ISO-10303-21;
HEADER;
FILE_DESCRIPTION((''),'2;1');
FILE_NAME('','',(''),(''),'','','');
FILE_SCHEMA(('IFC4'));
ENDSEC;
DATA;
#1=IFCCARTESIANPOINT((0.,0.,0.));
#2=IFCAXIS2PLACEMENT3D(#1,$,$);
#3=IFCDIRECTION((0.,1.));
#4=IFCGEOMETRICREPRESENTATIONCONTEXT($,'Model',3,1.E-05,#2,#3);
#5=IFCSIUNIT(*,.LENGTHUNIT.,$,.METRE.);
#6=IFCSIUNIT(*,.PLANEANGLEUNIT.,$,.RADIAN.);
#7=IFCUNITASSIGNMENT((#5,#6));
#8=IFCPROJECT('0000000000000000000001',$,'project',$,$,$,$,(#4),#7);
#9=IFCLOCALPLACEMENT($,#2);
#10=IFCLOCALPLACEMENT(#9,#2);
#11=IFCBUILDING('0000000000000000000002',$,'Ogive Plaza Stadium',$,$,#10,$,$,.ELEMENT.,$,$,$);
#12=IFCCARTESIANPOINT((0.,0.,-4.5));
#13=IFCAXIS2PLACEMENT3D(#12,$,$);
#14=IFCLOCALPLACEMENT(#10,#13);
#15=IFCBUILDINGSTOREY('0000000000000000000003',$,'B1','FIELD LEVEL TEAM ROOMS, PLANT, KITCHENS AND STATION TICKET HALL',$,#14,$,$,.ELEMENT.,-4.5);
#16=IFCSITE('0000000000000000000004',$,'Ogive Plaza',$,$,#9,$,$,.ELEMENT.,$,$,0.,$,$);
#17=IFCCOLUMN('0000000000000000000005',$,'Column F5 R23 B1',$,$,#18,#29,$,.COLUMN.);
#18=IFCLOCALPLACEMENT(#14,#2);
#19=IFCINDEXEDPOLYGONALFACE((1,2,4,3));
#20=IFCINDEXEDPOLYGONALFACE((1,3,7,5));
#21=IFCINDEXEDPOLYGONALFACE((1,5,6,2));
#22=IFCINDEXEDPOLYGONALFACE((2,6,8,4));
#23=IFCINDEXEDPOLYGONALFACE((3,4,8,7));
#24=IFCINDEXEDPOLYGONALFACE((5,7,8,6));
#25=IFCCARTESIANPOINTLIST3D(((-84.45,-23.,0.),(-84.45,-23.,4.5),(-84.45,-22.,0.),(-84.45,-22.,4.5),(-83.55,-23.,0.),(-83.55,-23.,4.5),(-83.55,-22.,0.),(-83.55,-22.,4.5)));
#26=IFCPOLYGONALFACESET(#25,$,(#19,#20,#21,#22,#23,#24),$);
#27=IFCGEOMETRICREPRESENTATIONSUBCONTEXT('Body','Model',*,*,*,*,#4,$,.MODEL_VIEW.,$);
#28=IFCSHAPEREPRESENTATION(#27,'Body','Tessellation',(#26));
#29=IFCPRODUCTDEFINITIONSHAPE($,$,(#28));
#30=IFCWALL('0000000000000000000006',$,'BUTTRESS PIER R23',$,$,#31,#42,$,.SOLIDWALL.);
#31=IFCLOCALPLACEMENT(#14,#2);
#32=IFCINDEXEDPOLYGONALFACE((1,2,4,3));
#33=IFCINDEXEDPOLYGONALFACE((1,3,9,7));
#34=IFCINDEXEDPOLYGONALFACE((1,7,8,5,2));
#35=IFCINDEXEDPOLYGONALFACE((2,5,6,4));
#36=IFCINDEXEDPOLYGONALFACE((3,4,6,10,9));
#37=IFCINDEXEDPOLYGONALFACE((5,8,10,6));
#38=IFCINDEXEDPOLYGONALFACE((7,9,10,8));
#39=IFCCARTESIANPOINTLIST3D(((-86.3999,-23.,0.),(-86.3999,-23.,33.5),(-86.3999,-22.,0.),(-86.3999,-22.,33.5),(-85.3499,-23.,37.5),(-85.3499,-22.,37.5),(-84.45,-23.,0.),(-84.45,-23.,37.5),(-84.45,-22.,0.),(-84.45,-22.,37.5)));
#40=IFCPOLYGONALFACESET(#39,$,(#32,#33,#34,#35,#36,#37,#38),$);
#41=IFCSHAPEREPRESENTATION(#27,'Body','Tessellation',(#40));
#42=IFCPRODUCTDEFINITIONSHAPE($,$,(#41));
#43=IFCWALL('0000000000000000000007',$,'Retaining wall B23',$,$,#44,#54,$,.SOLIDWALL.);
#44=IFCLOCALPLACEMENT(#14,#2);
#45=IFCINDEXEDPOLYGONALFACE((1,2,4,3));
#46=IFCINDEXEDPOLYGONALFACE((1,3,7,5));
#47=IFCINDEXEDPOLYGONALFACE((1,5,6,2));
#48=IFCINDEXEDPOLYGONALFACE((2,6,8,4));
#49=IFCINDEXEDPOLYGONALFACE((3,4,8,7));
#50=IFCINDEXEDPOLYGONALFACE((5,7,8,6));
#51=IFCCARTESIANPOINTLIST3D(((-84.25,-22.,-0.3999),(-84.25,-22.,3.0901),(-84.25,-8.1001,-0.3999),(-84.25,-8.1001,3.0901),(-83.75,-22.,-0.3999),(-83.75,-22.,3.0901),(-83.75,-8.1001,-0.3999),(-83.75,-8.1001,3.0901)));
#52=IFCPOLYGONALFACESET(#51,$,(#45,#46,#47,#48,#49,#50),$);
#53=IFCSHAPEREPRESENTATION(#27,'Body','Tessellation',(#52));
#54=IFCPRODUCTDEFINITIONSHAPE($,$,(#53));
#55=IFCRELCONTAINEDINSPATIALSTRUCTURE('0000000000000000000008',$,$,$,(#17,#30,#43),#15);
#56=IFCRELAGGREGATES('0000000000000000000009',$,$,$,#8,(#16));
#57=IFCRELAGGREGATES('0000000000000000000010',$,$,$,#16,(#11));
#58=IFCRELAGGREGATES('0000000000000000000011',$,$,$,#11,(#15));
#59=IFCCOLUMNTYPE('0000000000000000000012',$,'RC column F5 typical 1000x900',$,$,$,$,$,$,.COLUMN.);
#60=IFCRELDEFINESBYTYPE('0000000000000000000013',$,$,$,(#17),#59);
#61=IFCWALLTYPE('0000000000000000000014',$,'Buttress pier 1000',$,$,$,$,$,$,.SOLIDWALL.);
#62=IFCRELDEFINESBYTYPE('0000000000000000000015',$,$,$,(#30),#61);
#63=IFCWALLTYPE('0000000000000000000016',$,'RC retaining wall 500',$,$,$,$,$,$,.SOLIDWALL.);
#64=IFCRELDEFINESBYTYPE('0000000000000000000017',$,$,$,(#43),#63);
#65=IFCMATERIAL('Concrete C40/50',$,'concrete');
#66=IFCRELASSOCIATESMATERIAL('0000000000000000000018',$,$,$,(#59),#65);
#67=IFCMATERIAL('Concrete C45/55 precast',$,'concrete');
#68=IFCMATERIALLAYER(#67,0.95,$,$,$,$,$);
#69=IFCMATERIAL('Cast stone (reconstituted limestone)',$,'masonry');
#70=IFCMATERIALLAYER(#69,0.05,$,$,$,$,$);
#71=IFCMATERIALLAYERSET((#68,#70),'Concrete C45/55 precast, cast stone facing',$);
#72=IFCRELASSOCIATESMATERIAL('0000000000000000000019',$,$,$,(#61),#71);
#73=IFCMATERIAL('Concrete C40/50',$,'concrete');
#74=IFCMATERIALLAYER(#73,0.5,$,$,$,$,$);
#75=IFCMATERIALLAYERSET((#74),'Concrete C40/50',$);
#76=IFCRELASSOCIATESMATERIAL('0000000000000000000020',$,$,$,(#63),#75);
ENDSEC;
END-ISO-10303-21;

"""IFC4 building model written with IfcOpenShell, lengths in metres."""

from ifc_helpers import new_model, si_unit, direction, frame, frame_2d, origin, origin_2d, place, context, subcontext, project, spatial, polyline, rectangle, outline, extrude, material, layer, layer_set, material_profile, profile_set, type_object, element, save


model = new_model("IFC4")

# Units and contexts
model_context = context("Model", 3, precision=1e-05, world=origin(), true_north=direction((0.0, 1.0)))
body_context = subcontext(model_context, "Body", "Model", "MODEL_VIEW")
ifc_project = project(units=[si_unit("LENGTHUNIT", "METRE"), si_unit("PLANEANGLEUNIT", "RADIAN")], contexts=[model_context])

# Site, building, storey
site_placement = place(None, origin())
site = spatial("IfcSite", under=ifc_project, at=site_placement, Name="Ogive Plaza", CompositionType="ELEMENT", RefElevation=0.0)
building_placement = place(site_placement, origin())
building = spatial("IfcBuilding", under=site, at=building_placement, Name="Ogive Plaza Stadium", CompositionType="ELEMENT")
storey_placement = place(building_placement, frame((0.0, 0.0, -4.5)))
storey = spatial("IfcBuildingStorey", under=building, at=storey_placement, Name="B1", Description="FIELD LEVEL TEAM ROOMS, PLANT, KITCHENS AND STATION TICKET HALL", CompositionType="ELEMENT", Elevation=-4.5)

# Column
ifc_material_1 = material(Name="Concrete C40/50", Category="concrete")
ifc_material_profile_1 = material_profile(ifc_material_1, rectangle(XDim=1.0, YDim=0.8999, at=origin_2d()), Name="RC 1000x900")
ifc_profile_set_1 = profile_set([ifc_material_profile_1], Name="Concrete C40/50")
column_type_1 = type_object("IfcColumnType", Name="RC column F5 typical 1000x900", PredefinedType="COLUMN", material=ifc_profile_set_1)
column_1_placement = place(storey_placement, frame((-84.0, -22.5, 0.0), z_axis=(0.0, 0.0, 1.0), x_axis=(0.0, -1.0, 0.0)))
element("IfcColumn", 1, at=column_1_placement, inside=storey, type_object=column_type_1, Name="Column F5 R23 B1", PredefinedType="COLUMN", context=body_context, shape_type="SweptSolid", body=[
    extrude(rectangle(XDim=1.0, YDim=0.8999, at=origin_2d()), origin(), (0.0, 0.0, 1.0), 4.5),
])

# Walls
ifc_material_2 = material(Name="Concrete C45/55 precast", Category="concrete")
ifc_layer_1 = layer(ifc_material_2, 0.95)
ifc_material_3 = material(Name="Cast stone (reconstituted limestone)", Category="masonry")
ifc_layer_2 = layer(ifc_material_3, 0.05)
ifc_layer_set_1 = layer_set([ifc_layer_1, ifc_layer_2], Name="Concrete C45/55 precast, cast stone facing")
wall_type_1 = type_object("IfcWallType", Name="Buttress pier 1000", PredefinedType="SOLIDWALL", material=ifc_layer_set_1)
wall_1_placement = place(storey_placement, frame((-84.45, -22.5, 0.0), z_axis=(0.0, 0.0, 1.0), x_axis=(-1.0, 0.0, 0.0)))
element("IfcWall", 2, at=wall_1_placement, inside=storey, type_object=wall_type_1, Name="BUTTRESS PIER R23", PredefinedType="SOLIDWALL", context=body_context, shape_type="SweptSolid", body=[
    extrude(outline(polyline([(0.0, 0.0), (1.95, 0.0), (1.95, 33.5), (0.8999, 37.5), (0.0, 37.5), (0.0, 0.0)])), frame((0.0, 0.5, 0.0), z_axis=(0.0, -1.0, 0.0), x_axis=(1.0, 0.0, 0.0)), (0.0, 0.0, 1.0), 1.0),
])
ifc_material_4 = material(Name="Concrete C40/50", Category="concrete")
ifc_layer_3 = layer(ifc_material_4, 0.5)
ifc_layer_set_2 = layer_set([ifc_layer_3], Name="Concrete C40/50")
wall_type_2 = type_object("IfcWallType", Name="RC retaining wall 500", PredefinedType="SOLIDWALL", material=ifc_layer_set_2)
wall_2_placement = place(storey_placement, frame((-84.0, -22.0, -0.3999), z_axis=(0.0, 0.0, 1.0), x_axis=(0.0, 1.0, 0.0)))
element("IfcWall", 3, at=wall_2_placement, inside=storey, type_object=wall_type_2, Name="Retaining wall B23", PredefinedType="SOLIDWALL", context=body_context, shape_type="SweptSolid", body=[
    extrude(rectangle(XDim=13.8999, YDim=0.5, at=frame_2d((6.95, 0.0))), origin(), (0.0, 0.0, 1.0), 3.49),
])

save(model, "model.ifc")
